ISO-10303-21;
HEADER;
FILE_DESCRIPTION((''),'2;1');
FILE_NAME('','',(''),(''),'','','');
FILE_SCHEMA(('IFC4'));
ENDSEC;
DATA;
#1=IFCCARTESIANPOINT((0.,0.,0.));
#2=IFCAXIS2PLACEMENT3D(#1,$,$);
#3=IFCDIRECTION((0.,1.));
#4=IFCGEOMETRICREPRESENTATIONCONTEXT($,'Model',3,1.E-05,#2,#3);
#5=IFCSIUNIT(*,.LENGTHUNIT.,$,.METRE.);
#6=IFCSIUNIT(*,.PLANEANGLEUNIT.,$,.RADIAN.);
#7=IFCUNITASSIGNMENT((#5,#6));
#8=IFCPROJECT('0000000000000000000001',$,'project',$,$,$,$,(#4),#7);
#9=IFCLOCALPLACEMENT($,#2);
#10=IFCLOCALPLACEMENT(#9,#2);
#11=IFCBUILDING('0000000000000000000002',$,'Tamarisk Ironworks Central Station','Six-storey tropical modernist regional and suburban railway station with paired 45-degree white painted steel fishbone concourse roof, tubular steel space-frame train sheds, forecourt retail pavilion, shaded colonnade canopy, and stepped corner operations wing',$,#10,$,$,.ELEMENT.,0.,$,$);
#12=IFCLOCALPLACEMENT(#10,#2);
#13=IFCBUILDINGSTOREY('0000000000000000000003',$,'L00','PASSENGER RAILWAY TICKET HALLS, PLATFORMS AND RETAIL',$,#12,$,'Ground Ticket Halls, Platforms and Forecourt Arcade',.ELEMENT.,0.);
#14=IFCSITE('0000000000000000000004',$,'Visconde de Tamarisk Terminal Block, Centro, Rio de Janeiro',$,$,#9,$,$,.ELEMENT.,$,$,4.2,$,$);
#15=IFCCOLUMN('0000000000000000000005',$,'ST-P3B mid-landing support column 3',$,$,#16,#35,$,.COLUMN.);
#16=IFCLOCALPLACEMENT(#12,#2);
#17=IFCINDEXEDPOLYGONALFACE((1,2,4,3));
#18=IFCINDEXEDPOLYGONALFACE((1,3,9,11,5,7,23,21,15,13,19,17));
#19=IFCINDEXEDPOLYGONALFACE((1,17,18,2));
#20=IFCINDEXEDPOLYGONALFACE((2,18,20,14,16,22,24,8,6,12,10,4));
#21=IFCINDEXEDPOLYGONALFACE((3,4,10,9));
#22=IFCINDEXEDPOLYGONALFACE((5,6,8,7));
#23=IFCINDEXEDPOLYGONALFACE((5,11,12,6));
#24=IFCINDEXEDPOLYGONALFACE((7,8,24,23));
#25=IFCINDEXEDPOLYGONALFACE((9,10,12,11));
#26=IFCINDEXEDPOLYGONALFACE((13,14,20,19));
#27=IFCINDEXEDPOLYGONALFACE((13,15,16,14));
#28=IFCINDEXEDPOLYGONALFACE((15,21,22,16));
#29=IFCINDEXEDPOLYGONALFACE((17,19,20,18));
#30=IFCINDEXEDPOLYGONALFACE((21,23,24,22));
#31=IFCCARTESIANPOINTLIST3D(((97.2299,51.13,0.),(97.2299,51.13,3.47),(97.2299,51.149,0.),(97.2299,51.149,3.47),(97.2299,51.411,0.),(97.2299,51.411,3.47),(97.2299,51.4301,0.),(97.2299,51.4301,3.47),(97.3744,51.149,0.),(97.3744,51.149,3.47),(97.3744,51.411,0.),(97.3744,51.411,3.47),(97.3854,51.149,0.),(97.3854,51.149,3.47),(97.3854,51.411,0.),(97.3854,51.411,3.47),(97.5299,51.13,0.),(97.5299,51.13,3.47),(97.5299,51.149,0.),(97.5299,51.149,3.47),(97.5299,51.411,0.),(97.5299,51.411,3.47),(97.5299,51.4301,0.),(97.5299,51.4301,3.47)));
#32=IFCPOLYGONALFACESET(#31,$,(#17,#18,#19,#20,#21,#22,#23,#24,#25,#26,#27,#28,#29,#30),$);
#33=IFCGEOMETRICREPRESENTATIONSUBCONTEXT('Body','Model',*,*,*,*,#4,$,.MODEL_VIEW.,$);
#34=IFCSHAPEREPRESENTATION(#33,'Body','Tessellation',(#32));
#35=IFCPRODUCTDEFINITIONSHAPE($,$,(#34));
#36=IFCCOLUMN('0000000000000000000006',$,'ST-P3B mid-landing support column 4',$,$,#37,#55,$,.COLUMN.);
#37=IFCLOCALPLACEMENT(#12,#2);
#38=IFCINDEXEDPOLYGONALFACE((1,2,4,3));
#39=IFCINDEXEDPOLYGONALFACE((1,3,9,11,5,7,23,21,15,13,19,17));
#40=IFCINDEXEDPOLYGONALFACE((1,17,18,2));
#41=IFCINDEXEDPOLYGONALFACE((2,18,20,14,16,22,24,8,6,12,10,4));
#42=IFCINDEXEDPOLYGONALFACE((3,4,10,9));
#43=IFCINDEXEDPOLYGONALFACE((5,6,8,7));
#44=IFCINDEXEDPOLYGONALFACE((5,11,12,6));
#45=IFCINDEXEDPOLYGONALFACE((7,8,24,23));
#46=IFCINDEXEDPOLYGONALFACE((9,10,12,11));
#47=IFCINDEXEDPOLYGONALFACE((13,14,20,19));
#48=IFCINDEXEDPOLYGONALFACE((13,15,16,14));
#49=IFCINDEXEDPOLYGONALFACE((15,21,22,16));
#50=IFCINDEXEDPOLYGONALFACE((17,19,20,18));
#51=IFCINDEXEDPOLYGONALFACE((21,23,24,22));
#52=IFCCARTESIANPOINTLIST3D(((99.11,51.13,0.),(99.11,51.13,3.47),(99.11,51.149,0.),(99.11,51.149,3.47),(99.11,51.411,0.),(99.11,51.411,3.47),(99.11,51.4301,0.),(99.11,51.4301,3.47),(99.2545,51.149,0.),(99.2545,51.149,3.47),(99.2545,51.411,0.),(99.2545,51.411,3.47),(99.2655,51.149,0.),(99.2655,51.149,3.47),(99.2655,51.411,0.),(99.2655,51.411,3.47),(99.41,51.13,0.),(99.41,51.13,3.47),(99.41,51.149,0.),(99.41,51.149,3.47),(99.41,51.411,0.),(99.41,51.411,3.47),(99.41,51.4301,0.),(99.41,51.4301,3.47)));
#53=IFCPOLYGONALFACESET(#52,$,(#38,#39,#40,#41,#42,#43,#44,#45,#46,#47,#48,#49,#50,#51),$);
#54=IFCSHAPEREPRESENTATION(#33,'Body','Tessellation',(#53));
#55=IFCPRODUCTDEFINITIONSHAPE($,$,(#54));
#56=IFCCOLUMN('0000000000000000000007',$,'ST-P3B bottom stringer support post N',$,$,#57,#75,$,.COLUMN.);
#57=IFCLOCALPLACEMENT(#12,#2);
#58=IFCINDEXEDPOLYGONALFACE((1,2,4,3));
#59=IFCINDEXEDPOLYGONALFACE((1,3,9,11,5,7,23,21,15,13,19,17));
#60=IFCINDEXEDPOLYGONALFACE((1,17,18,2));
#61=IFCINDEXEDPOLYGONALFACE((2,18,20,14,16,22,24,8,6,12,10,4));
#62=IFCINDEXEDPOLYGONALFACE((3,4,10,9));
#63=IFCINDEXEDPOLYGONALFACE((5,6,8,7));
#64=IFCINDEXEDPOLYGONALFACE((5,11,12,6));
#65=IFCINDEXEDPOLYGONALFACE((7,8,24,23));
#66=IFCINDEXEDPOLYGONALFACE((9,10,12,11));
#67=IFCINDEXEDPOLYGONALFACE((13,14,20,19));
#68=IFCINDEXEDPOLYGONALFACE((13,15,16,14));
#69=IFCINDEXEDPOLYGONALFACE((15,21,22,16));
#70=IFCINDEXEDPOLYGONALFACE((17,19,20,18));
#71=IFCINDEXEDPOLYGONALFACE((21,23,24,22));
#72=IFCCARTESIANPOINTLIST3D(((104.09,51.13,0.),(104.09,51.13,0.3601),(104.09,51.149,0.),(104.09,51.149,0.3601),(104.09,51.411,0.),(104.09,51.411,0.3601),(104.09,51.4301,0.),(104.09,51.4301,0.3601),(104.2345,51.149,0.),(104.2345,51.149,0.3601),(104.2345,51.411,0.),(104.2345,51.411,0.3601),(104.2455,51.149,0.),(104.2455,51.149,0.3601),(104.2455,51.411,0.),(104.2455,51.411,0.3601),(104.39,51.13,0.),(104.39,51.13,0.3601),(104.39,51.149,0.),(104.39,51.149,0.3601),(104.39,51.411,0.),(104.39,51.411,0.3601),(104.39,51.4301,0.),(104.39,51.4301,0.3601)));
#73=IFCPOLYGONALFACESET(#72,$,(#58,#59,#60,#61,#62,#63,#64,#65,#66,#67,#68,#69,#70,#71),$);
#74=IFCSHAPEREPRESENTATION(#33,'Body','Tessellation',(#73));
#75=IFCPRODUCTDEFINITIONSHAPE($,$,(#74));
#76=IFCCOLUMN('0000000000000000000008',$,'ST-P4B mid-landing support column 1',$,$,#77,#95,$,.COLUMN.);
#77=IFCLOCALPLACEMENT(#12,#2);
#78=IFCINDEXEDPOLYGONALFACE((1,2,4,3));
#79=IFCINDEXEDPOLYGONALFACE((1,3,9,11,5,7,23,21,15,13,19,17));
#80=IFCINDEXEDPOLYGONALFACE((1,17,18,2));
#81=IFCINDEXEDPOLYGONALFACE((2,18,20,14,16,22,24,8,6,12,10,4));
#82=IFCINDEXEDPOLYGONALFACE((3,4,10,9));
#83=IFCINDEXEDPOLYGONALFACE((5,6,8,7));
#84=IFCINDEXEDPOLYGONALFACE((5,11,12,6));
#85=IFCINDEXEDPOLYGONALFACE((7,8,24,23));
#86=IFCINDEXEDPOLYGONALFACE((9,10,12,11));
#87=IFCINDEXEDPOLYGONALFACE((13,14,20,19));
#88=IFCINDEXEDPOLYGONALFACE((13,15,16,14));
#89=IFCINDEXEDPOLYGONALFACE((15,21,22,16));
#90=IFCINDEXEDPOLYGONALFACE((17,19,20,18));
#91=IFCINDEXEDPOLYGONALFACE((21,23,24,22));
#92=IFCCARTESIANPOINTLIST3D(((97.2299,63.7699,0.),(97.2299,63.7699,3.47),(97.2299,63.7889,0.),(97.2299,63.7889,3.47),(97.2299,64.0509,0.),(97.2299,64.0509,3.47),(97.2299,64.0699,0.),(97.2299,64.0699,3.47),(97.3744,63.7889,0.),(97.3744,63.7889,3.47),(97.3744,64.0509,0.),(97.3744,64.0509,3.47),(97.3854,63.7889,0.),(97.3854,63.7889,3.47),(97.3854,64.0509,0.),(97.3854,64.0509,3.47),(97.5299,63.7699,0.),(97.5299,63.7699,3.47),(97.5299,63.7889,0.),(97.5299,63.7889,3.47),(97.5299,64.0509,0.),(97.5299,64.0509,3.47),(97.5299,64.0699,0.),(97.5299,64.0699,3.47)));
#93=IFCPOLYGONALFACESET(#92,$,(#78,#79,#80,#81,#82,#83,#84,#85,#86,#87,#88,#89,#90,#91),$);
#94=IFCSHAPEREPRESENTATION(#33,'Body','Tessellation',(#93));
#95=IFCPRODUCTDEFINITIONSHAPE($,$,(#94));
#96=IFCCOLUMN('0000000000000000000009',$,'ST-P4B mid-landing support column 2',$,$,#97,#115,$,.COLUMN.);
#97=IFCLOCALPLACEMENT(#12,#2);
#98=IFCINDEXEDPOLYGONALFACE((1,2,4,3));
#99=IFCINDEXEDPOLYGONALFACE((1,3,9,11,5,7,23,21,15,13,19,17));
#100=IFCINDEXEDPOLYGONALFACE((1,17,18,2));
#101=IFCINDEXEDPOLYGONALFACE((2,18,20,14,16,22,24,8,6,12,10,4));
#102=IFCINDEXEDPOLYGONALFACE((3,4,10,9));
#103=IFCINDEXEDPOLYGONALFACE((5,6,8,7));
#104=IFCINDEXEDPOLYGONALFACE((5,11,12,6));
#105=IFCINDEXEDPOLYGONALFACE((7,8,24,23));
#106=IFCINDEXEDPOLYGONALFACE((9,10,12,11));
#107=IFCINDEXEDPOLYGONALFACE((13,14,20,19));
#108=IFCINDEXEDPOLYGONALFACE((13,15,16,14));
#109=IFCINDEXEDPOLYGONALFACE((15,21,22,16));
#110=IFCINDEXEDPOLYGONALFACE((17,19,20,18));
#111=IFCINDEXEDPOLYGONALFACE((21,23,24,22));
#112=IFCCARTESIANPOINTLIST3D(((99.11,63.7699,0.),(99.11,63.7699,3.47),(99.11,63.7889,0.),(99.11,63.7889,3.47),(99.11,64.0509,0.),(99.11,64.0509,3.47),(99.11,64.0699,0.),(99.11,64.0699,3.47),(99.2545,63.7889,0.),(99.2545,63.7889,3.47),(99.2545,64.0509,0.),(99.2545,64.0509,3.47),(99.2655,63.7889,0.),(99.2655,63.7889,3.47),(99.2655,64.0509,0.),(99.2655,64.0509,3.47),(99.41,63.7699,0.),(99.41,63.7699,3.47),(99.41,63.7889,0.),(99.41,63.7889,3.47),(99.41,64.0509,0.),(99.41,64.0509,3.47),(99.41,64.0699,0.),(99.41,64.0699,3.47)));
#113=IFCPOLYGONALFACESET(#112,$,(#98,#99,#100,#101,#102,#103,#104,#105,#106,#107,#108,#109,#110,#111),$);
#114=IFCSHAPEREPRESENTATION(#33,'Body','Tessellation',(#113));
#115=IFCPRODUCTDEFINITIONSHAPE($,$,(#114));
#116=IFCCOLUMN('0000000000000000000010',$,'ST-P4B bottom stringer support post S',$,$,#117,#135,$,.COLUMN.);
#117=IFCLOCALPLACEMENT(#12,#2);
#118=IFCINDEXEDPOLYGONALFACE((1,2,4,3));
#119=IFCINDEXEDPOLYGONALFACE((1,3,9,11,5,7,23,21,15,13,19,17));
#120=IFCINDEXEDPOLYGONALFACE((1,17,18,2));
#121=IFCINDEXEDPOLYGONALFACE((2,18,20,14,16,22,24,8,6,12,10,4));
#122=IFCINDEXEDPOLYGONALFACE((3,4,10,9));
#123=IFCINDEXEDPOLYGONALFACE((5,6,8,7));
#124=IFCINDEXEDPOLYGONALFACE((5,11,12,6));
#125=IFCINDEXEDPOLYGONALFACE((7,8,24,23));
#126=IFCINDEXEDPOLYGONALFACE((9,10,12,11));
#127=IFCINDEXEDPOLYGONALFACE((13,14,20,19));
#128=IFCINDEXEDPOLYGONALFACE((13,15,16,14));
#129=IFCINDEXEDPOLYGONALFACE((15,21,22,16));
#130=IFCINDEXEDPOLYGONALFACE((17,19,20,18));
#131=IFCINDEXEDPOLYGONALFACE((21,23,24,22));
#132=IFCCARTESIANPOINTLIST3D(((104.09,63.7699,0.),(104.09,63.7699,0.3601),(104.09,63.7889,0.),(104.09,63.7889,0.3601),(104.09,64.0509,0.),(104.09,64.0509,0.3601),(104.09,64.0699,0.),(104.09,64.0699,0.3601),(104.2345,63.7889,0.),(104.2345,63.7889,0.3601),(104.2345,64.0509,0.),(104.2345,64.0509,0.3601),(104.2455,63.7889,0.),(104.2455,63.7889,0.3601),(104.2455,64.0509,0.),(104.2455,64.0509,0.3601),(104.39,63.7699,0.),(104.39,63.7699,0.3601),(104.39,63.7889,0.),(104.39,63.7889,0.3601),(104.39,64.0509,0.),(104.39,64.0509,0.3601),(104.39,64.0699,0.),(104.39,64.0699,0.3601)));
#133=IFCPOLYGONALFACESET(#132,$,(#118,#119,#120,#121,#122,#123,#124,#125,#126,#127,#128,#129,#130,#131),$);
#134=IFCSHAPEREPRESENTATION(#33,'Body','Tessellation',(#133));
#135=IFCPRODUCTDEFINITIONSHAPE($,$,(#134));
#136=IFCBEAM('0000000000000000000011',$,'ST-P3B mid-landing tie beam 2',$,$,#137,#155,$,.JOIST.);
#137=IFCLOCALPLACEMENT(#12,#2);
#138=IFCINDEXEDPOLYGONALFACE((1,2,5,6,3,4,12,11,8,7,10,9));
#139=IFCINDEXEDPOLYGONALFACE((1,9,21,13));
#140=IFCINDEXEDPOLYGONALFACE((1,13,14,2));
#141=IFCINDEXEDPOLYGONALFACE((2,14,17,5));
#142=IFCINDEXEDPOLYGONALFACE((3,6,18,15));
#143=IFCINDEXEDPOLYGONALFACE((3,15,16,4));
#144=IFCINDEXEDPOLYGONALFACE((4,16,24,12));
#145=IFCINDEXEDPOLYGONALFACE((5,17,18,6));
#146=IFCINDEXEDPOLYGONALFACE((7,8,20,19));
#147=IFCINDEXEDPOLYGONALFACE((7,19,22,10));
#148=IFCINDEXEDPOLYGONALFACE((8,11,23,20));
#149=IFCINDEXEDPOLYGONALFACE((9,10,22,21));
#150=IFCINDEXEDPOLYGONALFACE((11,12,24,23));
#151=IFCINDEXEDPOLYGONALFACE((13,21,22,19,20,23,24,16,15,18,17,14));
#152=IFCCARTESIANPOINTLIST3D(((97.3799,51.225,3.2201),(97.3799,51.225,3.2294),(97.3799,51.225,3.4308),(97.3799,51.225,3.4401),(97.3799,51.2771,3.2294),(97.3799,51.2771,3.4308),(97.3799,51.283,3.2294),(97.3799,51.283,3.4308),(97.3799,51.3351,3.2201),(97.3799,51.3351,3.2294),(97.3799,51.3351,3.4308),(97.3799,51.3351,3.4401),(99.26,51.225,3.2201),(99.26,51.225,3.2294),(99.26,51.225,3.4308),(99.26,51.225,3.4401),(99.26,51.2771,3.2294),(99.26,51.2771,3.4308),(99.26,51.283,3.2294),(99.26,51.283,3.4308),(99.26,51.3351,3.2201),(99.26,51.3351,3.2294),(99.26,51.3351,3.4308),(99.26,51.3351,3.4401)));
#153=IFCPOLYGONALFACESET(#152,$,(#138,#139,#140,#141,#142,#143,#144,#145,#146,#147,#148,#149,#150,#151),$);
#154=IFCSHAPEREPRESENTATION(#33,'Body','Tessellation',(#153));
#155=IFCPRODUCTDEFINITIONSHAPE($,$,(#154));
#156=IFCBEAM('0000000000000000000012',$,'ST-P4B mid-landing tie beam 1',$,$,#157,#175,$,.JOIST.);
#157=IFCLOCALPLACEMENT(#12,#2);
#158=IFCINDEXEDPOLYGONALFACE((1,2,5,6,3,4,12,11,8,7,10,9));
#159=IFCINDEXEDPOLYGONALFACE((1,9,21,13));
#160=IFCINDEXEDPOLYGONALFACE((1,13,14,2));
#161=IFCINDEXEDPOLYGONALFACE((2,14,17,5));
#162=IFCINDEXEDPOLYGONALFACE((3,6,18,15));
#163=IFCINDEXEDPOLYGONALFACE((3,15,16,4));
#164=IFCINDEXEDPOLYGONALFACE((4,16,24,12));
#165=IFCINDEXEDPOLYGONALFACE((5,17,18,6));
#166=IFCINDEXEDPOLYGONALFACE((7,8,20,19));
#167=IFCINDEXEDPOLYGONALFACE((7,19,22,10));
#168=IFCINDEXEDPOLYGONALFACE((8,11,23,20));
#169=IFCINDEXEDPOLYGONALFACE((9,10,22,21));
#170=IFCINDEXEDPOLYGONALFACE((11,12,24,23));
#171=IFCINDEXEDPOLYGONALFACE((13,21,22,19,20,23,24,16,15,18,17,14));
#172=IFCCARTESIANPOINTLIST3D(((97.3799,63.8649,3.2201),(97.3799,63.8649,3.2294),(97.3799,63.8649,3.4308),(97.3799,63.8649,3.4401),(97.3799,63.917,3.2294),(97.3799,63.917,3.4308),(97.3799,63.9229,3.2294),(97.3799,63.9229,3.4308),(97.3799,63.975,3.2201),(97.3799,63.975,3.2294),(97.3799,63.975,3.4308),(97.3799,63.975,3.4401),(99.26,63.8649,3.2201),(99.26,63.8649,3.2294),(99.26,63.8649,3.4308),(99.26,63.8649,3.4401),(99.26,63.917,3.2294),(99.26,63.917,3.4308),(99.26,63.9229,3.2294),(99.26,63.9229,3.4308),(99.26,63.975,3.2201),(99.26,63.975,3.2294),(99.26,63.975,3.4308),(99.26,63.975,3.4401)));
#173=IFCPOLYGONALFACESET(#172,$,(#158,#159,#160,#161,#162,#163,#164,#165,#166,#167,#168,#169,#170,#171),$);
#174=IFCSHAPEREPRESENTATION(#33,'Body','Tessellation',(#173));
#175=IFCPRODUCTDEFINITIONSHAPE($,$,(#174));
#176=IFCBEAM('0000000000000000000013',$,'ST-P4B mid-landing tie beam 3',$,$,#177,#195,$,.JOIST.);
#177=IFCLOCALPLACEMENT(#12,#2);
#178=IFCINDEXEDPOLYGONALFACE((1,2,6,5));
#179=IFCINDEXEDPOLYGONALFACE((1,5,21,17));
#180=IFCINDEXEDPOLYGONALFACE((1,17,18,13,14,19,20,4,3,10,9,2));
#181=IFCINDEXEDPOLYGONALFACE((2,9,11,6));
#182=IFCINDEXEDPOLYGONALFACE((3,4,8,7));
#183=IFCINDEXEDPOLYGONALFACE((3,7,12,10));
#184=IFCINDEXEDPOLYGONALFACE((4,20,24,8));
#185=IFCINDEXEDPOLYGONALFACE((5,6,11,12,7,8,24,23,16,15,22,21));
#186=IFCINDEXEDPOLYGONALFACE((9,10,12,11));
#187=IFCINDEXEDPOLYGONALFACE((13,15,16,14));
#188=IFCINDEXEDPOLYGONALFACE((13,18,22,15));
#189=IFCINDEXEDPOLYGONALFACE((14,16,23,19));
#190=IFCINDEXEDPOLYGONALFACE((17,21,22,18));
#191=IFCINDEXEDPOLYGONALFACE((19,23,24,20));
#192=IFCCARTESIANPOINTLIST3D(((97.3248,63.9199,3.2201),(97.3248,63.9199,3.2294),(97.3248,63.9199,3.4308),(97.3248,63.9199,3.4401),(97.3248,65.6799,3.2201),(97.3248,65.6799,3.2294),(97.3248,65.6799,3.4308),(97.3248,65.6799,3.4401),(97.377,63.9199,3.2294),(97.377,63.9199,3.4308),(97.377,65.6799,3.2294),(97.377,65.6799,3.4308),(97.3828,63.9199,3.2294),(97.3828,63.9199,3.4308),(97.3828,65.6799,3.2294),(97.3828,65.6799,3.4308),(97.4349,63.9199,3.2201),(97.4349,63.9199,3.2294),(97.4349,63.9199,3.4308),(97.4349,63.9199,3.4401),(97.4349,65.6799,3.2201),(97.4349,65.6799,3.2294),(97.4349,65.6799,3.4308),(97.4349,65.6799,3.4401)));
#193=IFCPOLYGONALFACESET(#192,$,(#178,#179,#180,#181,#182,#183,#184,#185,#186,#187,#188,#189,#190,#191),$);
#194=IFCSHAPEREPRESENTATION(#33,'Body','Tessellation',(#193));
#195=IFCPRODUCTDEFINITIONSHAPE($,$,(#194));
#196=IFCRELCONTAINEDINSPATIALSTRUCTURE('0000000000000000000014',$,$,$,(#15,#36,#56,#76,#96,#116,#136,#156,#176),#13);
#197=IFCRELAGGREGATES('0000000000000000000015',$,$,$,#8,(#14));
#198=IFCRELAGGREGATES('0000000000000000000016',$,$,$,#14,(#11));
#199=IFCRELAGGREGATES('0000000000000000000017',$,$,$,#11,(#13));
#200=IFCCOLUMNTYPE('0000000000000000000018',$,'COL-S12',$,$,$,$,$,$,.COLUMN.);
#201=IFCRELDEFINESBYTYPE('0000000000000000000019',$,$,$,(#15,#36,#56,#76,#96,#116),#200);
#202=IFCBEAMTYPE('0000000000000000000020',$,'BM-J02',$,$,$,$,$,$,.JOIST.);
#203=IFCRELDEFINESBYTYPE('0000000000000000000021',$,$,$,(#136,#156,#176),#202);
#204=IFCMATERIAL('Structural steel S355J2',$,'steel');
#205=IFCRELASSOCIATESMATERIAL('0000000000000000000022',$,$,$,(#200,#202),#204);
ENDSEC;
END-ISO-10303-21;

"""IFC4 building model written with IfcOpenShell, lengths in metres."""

from ifc_helpers import new_model, si_unit, direction, frame, origin, origin_2d, place, context, subcontext, project, spatial, i_section, extrude, material, material_profile, profile_set, type_object, element, save


model = new_model("IFC4")

# Units and contexts
model_context = context("Model", 3, precision=1e-05, world=origin(), true_north=direction((0.0, 1.0)))
body_context = subcontext(model_context, "Body", "Model", "MODEL_VIEW")
ifc_project = project(units=[si_unit("LENGTHUNIT", "METRE"), si_unit("PLANEANGLEUNIT", "RADIAN")], contexts=[model_context])

# Site, building, storey
site_placement = place(None, origin())
site = spatial("IfcSite", under=ifc_project, at=site_placement, Name="Visconde de Tamarisk Terminal Block, Centro, Rio de Janeiro", CompositionType="ELEMENT", RefElevation=4.2)
building_placement = place(site_placement, origin())
building = spatial("IfcBuilding", under=site, at=building_placement, Name="Tamarisk Ironworks Central Station", Description="Six-storey tropical modernist regional and suburban railway station with paired 45-degree white painted steel fishbone concourse roof, tubular steel space-frame train sheds, forecourt retail pavilion, shaded colonnade canopy, and stepped corner operations wing", CompositionType="ELEMENT", ElevationOfRefHeight=0.0)
storey_placement = place(building_placement, origin())
storey = spatial("IfcBuildingStorey", under=building, at=storey_placement, Name="L00", Description="PASSENGER RAILWAY TICKET HALLS, PLATFORMS AND RETAIL", LongName="Ground Ticket Halls, Platforms and Forecourt Arcade", CompositionType="ELEMENT", Elevation=0.0)

# Columns
ifc_material_1 = material(Name="Structural steel S355J2", Category="steel")
ifc_material_profile_1 = material_profile(ifc_material_1, i_section(OverallWidth=0.3, OverallDepth=0.3, WebThickness=0.011, FlangeThickness=0.019, at=origin_2d()), Name="HEB 300")
ifc_profile_set_1 = profile_set([ifc_material_profile_1], Name="Structural steel S355J2")
column_type_1 = type_object("IfcColumnType", Name="COL-S12", PredefinedType="COLUMN", material=ifc_profile_set_1)
for number, where, z_axis, x_axis, name in (
    (1, (97.3799, 51.28, 0.0), (0.0, 0.0, 1.0), (1.0, 0.0, 0.0), "ST-P3B mid-landing support column 3"),
    (2, (99.26, 51.28, 0.0), (0.0, 0.0, 1.0), (1.0, 0.0, 0.0), "ST-P3B mid-landing support column 4"),
):
    element("IfcColumn", number, at=place(storey_placement, frame(where, z_axis=z_axis, x_axis=x_axis)), inside=storey, type_object=column_type_1, Name=name, PredefinedType="COLUMN", context=body_context, shape_type="SweptSolid", body=[
        extrude(i_section(OverallWidth=0.3, OverallDepth=0.3, WebThickness=0.011, FlangeThickness=0.019, at=origin_2d()), origin(), (0.0, 0.0, 1.0), 3.47),
    ])
column_1_placement = place(storey_placement, frame((104.24, 51.28, 0.0), z_axis=(0.0, 0.0, 1.0), x_axis=(1.0, 0.0, 0.0)))
element("IfcColumn", 3, at=column_1_placement, inside=storey, type_object=column_type_1, Name="ST-P3B bottom stringer support post N", PredefinedType="COLUMN", context=body_context, shape_type="SweptSolid", body=[
    extrude(i_section(OverallWidth=0.3, OverallDepth=0.3, WebThickness=0.011, FlangeThickness=0.019, at=origin_2d()), origin(), (0.0, 0.0, 1.0), 0.3601),
])
for number, where, z_axis, x_axis, name in (
    (4, (97.3799, 63.9199, 0.0), (0.0, 0.0, 1.0), (1.0, 0.0, 0.0), "ST-P4B mid-landing support column 1"),
    (5, (99.26, 63.9199, 0.0), (0.0, 0.0, 1.0), (1.0, 0.0, 0.0), "ST-P4B mid-landing support column 2"),
):
    element("IfcColumn", number, at=place(storey_placement, frame(where, z_axis=z_axis, x_axis=x_axis)), inside=storey, type_object=column_type_1, Name=name, PredefinedType="COLUMN", context=body_context, shape_type="SweptSolid", body=[
        extrude(i_section(OverallWidth=0.3, OverallDepth=0.3, WebThickness=0.011, FlangeThickness=0.019, at=origin_2d()), origin(), (0.0, 0.0, 1.0), 3.47),
    ])
column_2_placement = place(storey_placement, frame((104.24, 63.9199, 0.0), z_axis=(0.0, 0.0, 1.0), x_axis=(1.0, 0.0, 0.0)))
element("IfcColumn", 6, at=column_2_placement, inside=storey, type_object=column_type_1, Name="ST-P4B bottom stringer support post S", PredefinedType="COLUMN", context=body_context, shape_type="SweptSolid", body=[
    extrude(i_section(OverallWidth=0.3, OverallDepth=0.3, WebThickness=0.011, FlangeThickness=0.019, at=origin_2d()), origin(), (0.0, 0.0, 1.0), 0.3601),
])

# Beams
ifc_material_profile_2 = material_profile(ifc_material_1, i_section(OverallWidth=0.1101, OverallDepth=0.22, WebThickness=0.0059, FlangeThickness=0.0093, at=origin_2d()), Name="IPE 220")
ifc_profile_set_2 = profile_set([ifc_material_profile_2], Name="Structural steel S355J2")
beam_type = type_object("IfcBeamType", Name="BM-J02", PredefinedType="JOIST", material=ifc_profile_set_2)
for number, where, z_axis, x_axis, name in (
    (7, (97.3799, 51.28, 3.3301), (1.0, 0.0, 0.0), (0.0, 1.0, 0.0), "ST-P3B mid-landing tie beam 2"),
    (8, (97.3799, 63.9199, 3.3301), (1.0, 0.0, 0.0), (0.0, 1.0, 0.0), "ST-P4B mid-landing tie beam 1"),
):
    element("IfcBeam", number, at=place(storey_placement, frame(where, z_axis=z_axis, x_axis=x_axis)), inside=storey, type_object=beam_type, Name=name, PredefinedType="JOIST", context=body_context, shape_type="SweptSolid", body=[
        extrude(i_section(OverallWidth=0.1101, OverallDepth=0.22, WebThickness=0.0059, FlangeThickness=0.0093, at=origin_2d()), origin(), (0.0, 0.0, 1.0), 1.8801),
    ])
for number, where, z_axis, x_axis, name in (
    (9, (97.3799, 63.9199, 3.3301), (0.0, 1.0, 0.0), (-1.0, 0.0, 0.0), "ST-P4B mid-landing tie beam 3"),
):
    element("IfcBeam", number, at=place(storey_placement, frame(where, z_axis=z_axis, x_axis=x_axis)), inside=storey, type_object=beam_type, Name=name, PredefinedType="JOIST", context=body_context, shape_type="SweptSolid", body=[
        extrude(i_section(OverallWidth=0.1101, OverallDepth=0.22, WebThickness=0.0059, FlangeThickness=0.0093, at=origin_2d()), origin(), (0.0, 0.0, 1.0), 1.76),
    ])

save(model, "model.ifc")
